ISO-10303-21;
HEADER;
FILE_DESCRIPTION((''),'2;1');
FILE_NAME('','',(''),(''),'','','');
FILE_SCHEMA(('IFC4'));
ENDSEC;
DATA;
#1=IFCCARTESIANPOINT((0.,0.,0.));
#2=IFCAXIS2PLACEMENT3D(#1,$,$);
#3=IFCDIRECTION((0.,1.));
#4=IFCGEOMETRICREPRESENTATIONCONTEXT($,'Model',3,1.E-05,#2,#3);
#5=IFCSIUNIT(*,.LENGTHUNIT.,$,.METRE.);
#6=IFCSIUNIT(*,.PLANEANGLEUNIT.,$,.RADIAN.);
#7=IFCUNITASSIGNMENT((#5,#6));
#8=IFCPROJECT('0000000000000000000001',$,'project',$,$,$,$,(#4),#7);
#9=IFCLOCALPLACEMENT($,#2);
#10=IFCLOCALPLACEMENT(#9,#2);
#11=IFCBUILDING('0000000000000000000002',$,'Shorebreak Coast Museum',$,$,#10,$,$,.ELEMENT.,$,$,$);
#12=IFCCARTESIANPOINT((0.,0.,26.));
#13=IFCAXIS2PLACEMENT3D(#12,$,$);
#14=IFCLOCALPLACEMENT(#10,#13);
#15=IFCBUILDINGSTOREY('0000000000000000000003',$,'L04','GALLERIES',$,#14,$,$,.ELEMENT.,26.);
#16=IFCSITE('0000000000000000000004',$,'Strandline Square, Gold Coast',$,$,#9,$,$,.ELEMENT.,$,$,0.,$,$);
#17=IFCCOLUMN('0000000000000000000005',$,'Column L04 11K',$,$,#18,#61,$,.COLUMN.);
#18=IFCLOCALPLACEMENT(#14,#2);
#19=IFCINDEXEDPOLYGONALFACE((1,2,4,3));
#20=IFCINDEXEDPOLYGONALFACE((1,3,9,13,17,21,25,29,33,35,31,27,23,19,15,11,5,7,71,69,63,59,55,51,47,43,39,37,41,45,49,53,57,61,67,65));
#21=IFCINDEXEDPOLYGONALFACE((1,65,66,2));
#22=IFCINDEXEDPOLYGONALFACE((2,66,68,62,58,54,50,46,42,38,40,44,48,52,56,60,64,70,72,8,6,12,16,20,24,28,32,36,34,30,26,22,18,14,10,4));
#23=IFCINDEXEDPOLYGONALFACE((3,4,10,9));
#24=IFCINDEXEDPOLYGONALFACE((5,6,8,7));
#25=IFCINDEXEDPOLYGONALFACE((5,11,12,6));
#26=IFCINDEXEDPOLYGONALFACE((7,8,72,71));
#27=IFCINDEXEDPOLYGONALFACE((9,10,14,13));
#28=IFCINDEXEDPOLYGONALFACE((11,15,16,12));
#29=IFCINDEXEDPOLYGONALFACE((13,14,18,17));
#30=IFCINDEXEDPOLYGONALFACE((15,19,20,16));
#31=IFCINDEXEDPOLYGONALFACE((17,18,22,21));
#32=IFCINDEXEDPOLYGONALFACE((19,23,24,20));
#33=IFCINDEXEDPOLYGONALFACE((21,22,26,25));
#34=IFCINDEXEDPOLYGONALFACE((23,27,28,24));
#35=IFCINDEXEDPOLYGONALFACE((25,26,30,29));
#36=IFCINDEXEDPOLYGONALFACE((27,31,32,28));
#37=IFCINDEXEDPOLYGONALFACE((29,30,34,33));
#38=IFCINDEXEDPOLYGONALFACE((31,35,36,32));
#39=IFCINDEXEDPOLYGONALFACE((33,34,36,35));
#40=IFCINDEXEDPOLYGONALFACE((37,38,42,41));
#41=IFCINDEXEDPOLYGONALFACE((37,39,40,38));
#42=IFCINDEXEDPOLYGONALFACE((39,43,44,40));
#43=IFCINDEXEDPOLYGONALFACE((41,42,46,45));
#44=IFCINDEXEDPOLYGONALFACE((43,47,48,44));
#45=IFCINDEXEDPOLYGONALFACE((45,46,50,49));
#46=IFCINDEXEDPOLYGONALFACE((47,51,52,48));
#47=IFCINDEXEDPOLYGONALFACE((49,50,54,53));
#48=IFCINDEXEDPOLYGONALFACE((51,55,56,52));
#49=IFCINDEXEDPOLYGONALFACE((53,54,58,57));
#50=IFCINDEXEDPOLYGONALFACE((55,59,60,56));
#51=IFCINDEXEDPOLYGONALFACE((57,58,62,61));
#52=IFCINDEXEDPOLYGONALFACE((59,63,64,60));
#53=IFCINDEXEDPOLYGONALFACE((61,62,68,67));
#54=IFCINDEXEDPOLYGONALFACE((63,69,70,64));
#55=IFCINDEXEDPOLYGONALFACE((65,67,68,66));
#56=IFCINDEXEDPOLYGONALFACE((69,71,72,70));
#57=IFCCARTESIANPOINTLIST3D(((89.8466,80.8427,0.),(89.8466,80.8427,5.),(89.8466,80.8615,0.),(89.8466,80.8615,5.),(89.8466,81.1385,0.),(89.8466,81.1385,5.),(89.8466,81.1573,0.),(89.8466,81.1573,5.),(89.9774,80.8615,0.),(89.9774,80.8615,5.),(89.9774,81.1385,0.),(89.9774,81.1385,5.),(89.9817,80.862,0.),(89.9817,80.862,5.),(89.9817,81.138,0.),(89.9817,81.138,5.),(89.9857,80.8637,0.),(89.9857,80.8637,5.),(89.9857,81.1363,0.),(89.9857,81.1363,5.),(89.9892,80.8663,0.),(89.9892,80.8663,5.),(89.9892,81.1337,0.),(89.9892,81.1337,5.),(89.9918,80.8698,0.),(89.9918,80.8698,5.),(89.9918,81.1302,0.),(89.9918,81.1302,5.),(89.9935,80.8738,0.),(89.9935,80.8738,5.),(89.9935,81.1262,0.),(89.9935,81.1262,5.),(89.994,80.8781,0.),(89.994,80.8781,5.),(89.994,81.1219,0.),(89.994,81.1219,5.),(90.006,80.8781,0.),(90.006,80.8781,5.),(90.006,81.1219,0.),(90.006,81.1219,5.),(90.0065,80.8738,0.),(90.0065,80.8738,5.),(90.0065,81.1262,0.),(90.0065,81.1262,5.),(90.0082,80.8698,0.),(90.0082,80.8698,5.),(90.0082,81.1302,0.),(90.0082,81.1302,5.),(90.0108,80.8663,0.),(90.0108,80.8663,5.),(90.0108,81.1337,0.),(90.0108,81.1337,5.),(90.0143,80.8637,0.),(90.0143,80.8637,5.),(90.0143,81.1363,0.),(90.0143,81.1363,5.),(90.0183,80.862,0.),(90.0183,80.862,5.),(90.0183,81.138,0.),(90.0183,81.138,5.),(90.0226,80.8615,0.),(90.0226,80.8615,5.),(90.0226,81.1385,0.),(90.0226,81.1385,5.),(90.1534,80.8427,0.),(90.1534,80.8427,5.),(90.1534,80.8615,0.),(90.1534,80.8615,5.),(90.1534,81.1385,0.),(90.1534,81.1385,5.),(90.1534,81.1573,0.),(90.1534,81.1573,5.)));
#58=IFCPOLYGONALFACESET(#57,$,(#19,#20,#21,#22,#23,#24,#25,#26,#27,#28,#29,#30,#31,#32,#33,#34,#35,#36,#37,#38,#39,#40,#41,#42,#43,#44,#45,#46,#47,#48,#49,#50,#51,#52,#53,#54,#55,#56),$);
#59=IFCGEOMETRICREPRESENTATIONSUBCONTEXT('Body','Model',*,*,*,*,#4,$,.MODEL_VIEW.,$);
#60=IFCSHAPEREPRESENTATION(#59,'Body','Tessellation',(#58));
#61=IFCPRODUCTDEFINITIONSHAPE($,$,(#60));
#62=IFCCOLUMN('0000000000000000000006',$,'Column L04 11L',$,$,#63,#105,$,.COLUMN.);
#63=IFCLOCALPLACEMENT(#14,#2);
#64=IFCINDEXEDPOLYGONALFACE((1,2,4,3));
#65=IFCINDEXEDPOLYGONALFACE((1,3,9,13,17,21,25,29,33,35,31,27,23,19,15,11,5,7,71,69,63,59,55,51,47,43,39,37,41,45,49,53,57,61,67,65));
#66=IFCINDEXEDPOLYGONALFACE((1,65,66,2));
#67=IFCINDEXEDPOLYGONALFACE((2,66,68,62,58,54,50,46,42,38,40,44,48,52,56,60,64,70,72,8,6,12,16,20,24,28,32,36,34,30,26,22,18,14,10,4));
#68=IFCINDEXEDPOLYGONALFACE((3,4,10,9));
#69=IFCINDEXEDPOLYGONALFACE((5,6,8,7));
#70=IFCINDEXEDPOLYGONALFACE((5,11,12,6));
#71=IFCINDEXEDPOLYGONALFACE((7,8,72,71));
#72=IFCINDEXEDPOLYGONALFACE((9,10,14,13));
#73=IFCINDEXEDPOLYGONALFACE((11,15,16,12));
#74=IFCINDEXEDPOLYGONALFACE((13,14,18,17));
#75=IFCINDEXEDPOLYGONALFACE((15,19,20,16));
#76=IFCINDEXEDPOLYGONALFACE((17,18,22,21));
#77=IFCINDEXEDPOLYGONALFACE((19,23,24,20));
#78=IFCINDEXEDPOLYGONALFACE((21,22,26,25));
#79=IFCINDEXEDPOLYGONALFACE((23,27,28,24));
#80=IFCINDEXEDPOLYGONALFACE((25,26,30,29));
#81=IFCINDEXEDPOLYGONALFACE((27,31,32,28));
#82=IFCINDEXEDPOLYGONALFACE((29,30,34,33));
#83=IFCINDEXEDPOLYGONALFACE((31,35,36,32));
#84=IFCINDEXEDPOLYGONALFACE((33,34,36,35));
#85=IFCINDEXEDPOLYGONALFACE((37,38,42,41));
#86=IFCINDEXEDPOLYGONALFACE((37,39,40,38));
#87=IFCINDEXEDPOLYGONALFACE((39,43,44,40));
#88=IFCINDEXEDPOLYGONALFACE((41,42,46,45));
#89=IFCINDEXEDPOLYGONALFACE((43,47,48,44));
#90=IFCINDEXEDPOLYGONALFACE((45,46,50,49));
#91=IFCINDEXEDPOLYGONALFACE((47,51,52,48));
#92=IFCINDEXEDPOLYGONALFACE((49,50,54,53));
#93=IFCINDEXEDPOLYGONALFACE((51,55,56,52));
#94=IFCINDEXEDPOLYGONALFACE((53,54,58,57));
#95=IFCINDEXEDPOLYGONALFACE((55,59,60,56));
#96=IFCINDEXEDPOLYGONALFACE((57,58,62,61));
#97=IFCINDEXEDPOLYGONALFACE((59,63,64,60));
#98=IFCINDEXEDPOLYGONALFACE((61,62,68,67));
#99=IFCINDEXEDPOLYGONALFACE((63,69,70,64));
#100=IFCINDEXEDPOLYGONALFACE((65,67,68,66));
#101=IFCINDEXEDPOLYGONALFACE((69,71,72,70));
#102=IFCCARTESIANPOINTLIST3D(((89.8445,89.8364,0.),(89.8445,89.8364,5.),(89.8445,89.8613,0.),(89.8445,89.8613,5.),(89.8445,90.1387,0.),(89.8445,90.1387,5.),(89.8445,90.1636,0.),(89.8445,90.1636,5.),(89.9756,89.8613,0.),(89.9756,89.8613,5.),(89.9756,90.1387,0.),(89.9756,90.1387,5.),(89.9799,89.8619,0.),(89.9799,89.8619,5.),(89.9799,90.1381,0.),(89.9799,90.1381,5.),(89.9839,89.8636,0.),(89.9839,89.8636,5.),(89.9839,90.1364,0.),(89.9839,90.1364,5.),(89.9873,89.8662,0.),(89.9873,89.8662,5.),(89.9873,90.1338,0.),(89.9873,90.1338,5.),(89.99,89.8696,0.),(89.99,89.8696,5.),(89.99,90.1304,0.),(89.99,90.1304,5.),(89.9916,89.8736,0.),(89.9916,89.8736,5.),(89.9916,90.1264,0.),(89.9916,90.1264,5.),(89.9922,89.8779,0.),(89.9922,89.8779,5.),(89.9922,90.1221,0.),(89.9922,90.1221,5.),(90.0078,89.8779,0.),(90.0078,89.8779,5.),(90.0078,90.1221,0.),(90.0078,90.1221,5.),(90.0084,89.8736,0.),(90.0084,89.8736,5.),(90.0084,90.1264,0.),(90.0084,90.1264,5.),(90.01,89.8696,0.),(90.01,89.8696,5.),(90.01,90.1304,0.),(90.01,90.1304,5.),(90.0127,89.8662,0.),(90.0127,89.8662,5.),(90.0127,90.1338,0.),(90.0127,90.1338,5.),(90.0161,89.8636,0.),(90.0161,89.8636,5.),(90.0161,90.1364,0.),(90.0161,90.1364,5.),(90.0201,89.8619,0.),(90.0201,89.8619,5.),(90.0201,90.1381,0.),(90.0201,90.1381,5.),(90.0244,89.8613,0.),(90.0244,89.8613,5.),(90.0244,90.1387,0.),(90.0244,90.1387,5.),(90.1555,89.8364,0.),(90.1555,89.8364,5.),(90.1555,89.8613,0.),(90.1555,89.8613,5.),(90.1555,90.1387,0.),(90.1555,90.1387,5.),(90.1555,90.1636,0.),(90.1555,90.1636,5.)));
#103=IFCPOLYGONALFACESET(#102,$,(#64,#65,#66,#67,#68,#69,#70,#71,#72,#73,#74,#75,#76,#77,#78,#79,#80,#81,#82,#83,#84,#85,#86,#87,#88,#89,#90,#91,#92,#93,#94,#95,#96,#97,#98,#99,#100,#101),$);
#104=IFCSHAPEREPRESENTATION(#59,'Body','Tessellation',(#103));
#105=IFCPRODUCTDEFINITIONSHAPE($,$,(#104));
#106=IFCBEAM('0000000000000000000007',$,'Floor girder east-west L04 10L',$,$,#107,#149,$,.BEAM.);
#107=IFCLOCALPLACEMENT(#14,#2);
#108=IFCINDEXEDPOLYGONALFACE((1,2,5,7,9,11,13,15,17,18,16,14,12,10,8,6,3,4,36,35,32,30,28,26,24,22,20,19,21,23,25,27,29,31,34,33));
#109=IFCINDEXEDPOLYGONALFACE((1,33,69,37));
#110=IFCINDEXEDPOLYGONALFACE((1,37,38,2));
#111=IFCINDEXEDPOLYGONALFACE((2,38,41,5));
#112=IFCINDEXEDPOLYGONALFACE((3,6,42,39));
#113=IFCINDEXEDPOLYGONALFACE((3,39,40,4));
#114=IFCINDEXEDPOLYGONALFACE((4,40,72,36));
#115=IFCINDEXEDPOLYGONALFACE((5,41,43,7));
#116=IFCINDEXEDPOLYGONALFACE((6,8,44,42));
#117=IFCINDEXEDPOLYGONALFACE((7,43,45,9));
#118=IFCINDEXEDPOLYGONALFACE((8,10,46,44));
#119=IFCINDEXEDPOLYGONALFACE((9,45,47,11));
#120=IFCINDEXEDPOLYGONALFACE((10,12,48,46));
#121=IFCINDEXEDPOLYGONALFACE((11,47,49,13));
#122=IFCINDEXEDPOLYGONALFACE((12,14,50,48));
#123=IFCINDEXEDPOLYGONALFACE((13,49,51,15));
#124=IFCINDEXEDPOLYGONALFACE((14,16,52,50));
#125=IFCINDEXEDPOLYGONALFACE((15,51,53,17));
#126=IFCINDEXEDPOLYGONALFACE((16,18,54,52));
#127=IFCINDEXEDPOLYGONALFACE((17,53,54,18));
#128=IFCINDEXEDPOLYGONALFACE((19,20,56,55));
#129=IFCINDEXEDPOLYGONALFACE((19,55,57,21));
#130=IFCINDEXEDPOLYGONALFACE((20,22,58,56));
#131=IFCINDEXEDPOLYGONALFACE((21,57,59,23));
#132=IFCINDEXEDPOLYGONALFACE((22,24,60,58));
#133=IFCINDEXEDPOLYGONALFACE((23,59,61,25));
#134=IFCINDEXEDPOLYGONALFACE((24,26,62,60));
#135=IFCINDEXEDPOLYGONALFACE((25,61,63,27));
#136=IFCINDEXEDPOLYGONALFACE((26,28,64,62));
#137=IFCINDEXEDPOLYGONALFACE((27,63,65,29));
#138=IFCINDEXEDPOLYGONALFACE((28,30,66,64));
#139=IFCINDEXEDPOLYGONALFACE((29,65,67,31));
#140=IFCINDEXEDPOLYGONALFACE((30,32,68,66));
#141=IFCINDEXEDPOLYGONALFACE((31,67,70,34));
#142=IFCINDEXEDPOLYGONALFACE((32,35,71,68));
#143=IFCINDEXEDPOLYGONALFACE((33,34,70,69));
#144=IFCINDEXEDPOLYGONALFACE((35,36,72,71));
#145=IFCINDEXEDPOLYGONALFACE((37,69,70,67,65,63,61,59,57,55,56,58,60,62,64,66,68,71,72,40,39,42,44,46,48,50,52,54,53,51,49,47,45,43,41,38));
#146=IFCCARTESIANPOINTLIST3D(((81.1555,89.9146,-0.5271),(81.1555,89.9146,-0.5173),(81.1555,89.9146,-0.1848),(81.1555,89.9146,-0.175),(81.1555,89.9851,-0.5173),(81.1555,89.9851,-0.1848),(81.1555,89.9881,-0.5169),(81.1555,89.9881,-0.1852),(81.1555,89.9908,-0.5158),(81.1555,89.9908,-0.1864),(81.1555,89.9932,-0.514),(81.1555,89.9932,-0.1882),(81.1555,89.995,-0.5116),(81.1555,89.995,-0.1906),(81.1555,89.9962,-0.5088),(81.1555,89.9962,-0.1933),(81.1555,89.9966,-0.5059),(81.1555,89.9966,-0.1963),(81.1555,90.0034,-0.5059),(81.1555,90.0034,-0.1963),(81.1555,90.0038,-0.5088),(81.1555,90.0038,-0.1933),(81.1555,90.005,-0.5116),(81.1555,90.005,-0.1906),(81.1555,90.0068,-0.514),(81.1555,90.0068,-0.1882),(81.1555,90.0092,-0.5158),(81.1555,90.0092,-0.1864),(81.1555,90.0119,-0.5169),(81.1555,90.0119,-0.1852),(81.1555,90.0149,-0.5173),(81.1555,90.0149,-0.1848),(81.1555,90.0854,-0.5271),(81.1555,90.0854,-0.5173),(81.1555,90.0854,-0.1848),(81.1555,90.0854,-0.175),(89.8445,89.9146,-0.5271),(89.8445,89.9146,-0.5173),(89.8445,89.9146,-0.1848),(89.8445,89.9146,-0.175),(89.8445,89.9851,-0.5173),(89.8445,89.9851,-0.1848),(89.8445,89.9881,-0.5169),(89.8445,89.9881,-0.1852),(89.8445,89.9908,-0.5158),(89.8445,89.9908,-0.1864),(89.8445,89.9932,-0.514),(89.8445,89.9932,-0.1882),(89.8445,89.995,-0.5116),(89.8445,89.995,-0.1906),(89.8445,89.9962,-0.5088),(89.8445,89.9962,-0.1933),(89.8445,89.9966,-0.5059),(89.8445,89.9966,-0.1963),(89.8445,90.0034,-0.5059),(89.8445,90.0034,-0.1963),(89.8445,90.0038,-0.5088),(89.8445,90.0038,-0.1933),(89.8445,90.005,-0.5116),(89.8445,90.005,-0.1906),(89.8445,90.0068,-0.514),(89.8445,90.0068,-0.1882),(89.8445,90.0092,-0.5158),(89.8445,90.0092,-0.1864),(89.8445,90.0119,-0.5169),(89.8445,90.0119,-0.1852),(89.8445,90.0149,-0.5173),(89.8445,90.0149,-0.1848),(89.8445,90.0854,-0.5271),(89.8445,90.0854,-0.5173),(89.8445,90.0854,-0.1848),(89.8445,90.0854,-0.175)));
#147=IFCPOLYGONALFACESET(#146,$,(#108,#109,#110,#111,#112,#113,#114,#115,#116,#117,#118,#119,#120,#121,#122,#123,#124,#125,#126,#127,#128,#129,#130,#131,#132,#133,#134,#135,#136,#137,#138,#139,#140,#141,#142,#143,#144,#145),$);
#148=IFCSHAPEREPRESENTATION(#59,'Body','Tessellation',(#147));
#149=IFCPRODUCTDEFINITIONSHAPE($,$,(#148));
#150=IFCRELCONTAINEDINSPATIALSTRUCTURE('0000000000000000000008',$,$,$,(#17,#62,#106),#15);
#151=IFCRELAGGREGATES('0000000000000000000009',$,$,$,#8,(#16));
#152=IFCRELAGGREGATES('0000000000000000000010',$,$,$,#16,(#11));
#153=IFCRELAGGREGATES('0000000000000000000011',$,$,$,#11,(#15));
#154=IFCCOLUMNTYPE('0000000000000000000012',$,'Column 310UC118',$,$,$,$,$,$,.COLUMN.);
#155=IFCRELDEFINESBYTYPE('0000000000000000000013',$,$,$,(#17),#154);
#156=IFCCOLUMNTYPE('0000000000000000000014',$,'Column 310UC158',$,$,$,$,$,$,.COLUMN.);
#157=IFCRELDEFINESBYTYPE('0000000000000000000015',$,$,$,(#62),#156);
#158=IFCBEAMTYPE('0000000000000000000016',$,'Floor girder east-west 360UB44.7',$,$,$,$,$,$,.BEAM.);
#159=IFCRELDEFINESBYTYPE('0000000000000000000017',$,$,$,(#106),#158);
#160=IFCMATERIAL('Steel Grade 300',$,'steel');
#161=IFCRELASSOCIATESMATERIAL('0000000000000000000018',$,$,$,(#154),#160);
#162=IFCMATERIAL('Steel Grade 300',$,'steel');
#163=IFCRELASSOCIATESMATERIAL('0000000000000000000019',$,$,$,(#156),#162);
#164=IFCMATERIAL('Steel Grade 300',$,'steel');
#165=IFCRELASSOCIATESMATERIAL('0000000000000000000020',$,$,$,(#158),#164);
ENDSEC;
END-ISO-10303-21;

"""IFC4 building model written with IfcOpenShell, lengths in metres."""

from ifc_helpers import new_model, si_unit, direction, frame, origin, origin_2d, place, context, subcontext, project, spatial, i_section, extrude, material, material_profile, profile_set, type_object, element, save


model = new_model("IFC4")

# Units and contexts
model_context = context("Model", 3, precision=1e-05, world=origin(), true_north=direction((0.0, 1.0)))
body_context = subcontext(model_context, "Body", "Model", "MODEL_VIEW")
ifc_project = project(units=[si_unit("LENGTHUNIT", "METRE"), si_unit("PLANEANGLEUNIT", "RADIAN")], contexts=[model_context])

# Site, building, storey
site_placement = place(None, origin())
site = spatial("IfcSite", under=ifc_project, at=site_placement, Name="Strandline Square, Gold Coast", CompositionType="ELEMENT", RefElevation=0.0)
building_placement = place(site_placement, origin())
building = spatial("IfcBuilding", under=site, at=building_placement, Name="Shorebreak Coast Museum", CompositionType="ELEMENT")
storey_placement = place(building_placement, frame((0.0, 0.0, 26.0)))
storey = spatial("IfcBuildingStorey", under=building, at=storey_placement, Name="L04", Description="GALLERIES", CompositionType="ELEMENT", Elevation=26.0)

# Columns
ifc_material_1 = material(Name="Steel Grade 300", Category="steel")
ifc_material_profile_1 = material_profile(ifc_material_1, i_section(OverallWidth=0.3069, OverallDepth=0.3147, WebThickness=0.012, FlangeThickness=0.0188, FilletRadius=0.0166, at=origin_2d()), Name="310UC118")
ifc_profile_set_1 = profile_set([ifc_material_profile_1], Name="Steel Grade 300")
column_type_1 = type_object("IfcColumnType", Name="Column 310UC118", PredefinedType="COLUMN", material=ifc_profile_set_1)
column_1_placement = place(storey_placement, frame((90.0, 81.0, 0.0), z_axis=(0.0, 0.0, 1.0), x_axis=(1.0, 0.0, 0.0)))
element("IfcColumn", 1, at=column_1_placement, inside=storey, type_object=column_type_1, Name="Column L04 11K", PredefinedType="COLUMN", context=body_context, shape_type="SweptSolid", body=[
    extrude(i_section(OverallWidth=0.3069, OverallDepth=0.3147, WebThickness=0.012, FlangeThickness=0.0188, FilletRadius=0.0166, at=origin_2d()), origin(), (0.0, 0.0, 1.0), 5.0),
])
ifc_material_2 = material(Name="Steel Grade 300", Category="steel")
ifc_material_profile_2 = material_profile(ifc_material_2, i_section(OverallWidth=0.311, OverallDepth=0.3271, WebThickness=0.0156, FlangeThickness=0.0249, FilletRadius=0.0166, at=origin_2d()), Name="310UC158")
ifc_profile_set_2 = profile_set([ifc_material_profile_2], Name="Steel Grade 300")
column_type_2 = type_object("IfcColumnType", Name="Column 310UC158", PredefinedType="COLUMN", material=ifc_profile_set_2)
column_2_placement = place(storey_placement, frame((90.0, 90.0, 0.0), z_axis=(0.0, 0.0, 1.0), x_axis=(1.0, 0.0, 0.0)))
element("IfcColumn", 2, at=column_2_placement, inside=storey, type_object=column_type_2, Name="Column L04 11L", PredefinedType="COLUMN", context=body_context, shape_type="SweptSolid", body=[
    extrude(i_section(OverallWidth=0.311, OverallDepth=0.3271, WebThickness=0.0156, FlangeThickness=0.0249, FilletRadius=0.0166, at=origin_2d()), origin(), (0.0, 0.0, 1.0), 5.0),
])

# Beam
ifc_material_3 = material(Name="Steel Grade 300", Category="steel")
ifc_material_profile_3 = material_profile(ifc_material_3, i_section(OverallWidth=0.1709, OverallDepth=0.3521, WebThickness=0.0068, FlangeThickness=0.0098, FilletRadius=0.0115, at=origin_2d()), Name="360UB44.7")
ifc_profile_set_3 = profile_set([ifc_material_profile_3], Name="Steel Grade 300")
beam_type_1 = type_object("IfcBeamType", Name="Floor girder east-west 360UB44.7", PredefinedType="BEAM", material=ifc_profile_set_3)
beam_1_placement = place(storey_placement, frame((81.1555, 90.0, -0.3511), z_axis=(1.0, 0.0, 0.0), x_axis=(0.0, 1.0, 0.0)))
element("IfcBeam", 3, at=beam_1_placement, inside=storey, type_object=beam_type_1, Name="Floor girder east-west L04 10L", PredefinedType="BEAM", context=body_context, shape_type="SweptSolid", body=[
    extrude(i_section(OverallWidth=0.1709, OverallDepth=0.3521, WebThickness=0.0068, FlangeThickness=0.0098, FilletRadius=0.0115, at=origin_2d()), origin(), (0.0, 0.0, 1.0), 8.689),
])

save(model, "model.ifc")
